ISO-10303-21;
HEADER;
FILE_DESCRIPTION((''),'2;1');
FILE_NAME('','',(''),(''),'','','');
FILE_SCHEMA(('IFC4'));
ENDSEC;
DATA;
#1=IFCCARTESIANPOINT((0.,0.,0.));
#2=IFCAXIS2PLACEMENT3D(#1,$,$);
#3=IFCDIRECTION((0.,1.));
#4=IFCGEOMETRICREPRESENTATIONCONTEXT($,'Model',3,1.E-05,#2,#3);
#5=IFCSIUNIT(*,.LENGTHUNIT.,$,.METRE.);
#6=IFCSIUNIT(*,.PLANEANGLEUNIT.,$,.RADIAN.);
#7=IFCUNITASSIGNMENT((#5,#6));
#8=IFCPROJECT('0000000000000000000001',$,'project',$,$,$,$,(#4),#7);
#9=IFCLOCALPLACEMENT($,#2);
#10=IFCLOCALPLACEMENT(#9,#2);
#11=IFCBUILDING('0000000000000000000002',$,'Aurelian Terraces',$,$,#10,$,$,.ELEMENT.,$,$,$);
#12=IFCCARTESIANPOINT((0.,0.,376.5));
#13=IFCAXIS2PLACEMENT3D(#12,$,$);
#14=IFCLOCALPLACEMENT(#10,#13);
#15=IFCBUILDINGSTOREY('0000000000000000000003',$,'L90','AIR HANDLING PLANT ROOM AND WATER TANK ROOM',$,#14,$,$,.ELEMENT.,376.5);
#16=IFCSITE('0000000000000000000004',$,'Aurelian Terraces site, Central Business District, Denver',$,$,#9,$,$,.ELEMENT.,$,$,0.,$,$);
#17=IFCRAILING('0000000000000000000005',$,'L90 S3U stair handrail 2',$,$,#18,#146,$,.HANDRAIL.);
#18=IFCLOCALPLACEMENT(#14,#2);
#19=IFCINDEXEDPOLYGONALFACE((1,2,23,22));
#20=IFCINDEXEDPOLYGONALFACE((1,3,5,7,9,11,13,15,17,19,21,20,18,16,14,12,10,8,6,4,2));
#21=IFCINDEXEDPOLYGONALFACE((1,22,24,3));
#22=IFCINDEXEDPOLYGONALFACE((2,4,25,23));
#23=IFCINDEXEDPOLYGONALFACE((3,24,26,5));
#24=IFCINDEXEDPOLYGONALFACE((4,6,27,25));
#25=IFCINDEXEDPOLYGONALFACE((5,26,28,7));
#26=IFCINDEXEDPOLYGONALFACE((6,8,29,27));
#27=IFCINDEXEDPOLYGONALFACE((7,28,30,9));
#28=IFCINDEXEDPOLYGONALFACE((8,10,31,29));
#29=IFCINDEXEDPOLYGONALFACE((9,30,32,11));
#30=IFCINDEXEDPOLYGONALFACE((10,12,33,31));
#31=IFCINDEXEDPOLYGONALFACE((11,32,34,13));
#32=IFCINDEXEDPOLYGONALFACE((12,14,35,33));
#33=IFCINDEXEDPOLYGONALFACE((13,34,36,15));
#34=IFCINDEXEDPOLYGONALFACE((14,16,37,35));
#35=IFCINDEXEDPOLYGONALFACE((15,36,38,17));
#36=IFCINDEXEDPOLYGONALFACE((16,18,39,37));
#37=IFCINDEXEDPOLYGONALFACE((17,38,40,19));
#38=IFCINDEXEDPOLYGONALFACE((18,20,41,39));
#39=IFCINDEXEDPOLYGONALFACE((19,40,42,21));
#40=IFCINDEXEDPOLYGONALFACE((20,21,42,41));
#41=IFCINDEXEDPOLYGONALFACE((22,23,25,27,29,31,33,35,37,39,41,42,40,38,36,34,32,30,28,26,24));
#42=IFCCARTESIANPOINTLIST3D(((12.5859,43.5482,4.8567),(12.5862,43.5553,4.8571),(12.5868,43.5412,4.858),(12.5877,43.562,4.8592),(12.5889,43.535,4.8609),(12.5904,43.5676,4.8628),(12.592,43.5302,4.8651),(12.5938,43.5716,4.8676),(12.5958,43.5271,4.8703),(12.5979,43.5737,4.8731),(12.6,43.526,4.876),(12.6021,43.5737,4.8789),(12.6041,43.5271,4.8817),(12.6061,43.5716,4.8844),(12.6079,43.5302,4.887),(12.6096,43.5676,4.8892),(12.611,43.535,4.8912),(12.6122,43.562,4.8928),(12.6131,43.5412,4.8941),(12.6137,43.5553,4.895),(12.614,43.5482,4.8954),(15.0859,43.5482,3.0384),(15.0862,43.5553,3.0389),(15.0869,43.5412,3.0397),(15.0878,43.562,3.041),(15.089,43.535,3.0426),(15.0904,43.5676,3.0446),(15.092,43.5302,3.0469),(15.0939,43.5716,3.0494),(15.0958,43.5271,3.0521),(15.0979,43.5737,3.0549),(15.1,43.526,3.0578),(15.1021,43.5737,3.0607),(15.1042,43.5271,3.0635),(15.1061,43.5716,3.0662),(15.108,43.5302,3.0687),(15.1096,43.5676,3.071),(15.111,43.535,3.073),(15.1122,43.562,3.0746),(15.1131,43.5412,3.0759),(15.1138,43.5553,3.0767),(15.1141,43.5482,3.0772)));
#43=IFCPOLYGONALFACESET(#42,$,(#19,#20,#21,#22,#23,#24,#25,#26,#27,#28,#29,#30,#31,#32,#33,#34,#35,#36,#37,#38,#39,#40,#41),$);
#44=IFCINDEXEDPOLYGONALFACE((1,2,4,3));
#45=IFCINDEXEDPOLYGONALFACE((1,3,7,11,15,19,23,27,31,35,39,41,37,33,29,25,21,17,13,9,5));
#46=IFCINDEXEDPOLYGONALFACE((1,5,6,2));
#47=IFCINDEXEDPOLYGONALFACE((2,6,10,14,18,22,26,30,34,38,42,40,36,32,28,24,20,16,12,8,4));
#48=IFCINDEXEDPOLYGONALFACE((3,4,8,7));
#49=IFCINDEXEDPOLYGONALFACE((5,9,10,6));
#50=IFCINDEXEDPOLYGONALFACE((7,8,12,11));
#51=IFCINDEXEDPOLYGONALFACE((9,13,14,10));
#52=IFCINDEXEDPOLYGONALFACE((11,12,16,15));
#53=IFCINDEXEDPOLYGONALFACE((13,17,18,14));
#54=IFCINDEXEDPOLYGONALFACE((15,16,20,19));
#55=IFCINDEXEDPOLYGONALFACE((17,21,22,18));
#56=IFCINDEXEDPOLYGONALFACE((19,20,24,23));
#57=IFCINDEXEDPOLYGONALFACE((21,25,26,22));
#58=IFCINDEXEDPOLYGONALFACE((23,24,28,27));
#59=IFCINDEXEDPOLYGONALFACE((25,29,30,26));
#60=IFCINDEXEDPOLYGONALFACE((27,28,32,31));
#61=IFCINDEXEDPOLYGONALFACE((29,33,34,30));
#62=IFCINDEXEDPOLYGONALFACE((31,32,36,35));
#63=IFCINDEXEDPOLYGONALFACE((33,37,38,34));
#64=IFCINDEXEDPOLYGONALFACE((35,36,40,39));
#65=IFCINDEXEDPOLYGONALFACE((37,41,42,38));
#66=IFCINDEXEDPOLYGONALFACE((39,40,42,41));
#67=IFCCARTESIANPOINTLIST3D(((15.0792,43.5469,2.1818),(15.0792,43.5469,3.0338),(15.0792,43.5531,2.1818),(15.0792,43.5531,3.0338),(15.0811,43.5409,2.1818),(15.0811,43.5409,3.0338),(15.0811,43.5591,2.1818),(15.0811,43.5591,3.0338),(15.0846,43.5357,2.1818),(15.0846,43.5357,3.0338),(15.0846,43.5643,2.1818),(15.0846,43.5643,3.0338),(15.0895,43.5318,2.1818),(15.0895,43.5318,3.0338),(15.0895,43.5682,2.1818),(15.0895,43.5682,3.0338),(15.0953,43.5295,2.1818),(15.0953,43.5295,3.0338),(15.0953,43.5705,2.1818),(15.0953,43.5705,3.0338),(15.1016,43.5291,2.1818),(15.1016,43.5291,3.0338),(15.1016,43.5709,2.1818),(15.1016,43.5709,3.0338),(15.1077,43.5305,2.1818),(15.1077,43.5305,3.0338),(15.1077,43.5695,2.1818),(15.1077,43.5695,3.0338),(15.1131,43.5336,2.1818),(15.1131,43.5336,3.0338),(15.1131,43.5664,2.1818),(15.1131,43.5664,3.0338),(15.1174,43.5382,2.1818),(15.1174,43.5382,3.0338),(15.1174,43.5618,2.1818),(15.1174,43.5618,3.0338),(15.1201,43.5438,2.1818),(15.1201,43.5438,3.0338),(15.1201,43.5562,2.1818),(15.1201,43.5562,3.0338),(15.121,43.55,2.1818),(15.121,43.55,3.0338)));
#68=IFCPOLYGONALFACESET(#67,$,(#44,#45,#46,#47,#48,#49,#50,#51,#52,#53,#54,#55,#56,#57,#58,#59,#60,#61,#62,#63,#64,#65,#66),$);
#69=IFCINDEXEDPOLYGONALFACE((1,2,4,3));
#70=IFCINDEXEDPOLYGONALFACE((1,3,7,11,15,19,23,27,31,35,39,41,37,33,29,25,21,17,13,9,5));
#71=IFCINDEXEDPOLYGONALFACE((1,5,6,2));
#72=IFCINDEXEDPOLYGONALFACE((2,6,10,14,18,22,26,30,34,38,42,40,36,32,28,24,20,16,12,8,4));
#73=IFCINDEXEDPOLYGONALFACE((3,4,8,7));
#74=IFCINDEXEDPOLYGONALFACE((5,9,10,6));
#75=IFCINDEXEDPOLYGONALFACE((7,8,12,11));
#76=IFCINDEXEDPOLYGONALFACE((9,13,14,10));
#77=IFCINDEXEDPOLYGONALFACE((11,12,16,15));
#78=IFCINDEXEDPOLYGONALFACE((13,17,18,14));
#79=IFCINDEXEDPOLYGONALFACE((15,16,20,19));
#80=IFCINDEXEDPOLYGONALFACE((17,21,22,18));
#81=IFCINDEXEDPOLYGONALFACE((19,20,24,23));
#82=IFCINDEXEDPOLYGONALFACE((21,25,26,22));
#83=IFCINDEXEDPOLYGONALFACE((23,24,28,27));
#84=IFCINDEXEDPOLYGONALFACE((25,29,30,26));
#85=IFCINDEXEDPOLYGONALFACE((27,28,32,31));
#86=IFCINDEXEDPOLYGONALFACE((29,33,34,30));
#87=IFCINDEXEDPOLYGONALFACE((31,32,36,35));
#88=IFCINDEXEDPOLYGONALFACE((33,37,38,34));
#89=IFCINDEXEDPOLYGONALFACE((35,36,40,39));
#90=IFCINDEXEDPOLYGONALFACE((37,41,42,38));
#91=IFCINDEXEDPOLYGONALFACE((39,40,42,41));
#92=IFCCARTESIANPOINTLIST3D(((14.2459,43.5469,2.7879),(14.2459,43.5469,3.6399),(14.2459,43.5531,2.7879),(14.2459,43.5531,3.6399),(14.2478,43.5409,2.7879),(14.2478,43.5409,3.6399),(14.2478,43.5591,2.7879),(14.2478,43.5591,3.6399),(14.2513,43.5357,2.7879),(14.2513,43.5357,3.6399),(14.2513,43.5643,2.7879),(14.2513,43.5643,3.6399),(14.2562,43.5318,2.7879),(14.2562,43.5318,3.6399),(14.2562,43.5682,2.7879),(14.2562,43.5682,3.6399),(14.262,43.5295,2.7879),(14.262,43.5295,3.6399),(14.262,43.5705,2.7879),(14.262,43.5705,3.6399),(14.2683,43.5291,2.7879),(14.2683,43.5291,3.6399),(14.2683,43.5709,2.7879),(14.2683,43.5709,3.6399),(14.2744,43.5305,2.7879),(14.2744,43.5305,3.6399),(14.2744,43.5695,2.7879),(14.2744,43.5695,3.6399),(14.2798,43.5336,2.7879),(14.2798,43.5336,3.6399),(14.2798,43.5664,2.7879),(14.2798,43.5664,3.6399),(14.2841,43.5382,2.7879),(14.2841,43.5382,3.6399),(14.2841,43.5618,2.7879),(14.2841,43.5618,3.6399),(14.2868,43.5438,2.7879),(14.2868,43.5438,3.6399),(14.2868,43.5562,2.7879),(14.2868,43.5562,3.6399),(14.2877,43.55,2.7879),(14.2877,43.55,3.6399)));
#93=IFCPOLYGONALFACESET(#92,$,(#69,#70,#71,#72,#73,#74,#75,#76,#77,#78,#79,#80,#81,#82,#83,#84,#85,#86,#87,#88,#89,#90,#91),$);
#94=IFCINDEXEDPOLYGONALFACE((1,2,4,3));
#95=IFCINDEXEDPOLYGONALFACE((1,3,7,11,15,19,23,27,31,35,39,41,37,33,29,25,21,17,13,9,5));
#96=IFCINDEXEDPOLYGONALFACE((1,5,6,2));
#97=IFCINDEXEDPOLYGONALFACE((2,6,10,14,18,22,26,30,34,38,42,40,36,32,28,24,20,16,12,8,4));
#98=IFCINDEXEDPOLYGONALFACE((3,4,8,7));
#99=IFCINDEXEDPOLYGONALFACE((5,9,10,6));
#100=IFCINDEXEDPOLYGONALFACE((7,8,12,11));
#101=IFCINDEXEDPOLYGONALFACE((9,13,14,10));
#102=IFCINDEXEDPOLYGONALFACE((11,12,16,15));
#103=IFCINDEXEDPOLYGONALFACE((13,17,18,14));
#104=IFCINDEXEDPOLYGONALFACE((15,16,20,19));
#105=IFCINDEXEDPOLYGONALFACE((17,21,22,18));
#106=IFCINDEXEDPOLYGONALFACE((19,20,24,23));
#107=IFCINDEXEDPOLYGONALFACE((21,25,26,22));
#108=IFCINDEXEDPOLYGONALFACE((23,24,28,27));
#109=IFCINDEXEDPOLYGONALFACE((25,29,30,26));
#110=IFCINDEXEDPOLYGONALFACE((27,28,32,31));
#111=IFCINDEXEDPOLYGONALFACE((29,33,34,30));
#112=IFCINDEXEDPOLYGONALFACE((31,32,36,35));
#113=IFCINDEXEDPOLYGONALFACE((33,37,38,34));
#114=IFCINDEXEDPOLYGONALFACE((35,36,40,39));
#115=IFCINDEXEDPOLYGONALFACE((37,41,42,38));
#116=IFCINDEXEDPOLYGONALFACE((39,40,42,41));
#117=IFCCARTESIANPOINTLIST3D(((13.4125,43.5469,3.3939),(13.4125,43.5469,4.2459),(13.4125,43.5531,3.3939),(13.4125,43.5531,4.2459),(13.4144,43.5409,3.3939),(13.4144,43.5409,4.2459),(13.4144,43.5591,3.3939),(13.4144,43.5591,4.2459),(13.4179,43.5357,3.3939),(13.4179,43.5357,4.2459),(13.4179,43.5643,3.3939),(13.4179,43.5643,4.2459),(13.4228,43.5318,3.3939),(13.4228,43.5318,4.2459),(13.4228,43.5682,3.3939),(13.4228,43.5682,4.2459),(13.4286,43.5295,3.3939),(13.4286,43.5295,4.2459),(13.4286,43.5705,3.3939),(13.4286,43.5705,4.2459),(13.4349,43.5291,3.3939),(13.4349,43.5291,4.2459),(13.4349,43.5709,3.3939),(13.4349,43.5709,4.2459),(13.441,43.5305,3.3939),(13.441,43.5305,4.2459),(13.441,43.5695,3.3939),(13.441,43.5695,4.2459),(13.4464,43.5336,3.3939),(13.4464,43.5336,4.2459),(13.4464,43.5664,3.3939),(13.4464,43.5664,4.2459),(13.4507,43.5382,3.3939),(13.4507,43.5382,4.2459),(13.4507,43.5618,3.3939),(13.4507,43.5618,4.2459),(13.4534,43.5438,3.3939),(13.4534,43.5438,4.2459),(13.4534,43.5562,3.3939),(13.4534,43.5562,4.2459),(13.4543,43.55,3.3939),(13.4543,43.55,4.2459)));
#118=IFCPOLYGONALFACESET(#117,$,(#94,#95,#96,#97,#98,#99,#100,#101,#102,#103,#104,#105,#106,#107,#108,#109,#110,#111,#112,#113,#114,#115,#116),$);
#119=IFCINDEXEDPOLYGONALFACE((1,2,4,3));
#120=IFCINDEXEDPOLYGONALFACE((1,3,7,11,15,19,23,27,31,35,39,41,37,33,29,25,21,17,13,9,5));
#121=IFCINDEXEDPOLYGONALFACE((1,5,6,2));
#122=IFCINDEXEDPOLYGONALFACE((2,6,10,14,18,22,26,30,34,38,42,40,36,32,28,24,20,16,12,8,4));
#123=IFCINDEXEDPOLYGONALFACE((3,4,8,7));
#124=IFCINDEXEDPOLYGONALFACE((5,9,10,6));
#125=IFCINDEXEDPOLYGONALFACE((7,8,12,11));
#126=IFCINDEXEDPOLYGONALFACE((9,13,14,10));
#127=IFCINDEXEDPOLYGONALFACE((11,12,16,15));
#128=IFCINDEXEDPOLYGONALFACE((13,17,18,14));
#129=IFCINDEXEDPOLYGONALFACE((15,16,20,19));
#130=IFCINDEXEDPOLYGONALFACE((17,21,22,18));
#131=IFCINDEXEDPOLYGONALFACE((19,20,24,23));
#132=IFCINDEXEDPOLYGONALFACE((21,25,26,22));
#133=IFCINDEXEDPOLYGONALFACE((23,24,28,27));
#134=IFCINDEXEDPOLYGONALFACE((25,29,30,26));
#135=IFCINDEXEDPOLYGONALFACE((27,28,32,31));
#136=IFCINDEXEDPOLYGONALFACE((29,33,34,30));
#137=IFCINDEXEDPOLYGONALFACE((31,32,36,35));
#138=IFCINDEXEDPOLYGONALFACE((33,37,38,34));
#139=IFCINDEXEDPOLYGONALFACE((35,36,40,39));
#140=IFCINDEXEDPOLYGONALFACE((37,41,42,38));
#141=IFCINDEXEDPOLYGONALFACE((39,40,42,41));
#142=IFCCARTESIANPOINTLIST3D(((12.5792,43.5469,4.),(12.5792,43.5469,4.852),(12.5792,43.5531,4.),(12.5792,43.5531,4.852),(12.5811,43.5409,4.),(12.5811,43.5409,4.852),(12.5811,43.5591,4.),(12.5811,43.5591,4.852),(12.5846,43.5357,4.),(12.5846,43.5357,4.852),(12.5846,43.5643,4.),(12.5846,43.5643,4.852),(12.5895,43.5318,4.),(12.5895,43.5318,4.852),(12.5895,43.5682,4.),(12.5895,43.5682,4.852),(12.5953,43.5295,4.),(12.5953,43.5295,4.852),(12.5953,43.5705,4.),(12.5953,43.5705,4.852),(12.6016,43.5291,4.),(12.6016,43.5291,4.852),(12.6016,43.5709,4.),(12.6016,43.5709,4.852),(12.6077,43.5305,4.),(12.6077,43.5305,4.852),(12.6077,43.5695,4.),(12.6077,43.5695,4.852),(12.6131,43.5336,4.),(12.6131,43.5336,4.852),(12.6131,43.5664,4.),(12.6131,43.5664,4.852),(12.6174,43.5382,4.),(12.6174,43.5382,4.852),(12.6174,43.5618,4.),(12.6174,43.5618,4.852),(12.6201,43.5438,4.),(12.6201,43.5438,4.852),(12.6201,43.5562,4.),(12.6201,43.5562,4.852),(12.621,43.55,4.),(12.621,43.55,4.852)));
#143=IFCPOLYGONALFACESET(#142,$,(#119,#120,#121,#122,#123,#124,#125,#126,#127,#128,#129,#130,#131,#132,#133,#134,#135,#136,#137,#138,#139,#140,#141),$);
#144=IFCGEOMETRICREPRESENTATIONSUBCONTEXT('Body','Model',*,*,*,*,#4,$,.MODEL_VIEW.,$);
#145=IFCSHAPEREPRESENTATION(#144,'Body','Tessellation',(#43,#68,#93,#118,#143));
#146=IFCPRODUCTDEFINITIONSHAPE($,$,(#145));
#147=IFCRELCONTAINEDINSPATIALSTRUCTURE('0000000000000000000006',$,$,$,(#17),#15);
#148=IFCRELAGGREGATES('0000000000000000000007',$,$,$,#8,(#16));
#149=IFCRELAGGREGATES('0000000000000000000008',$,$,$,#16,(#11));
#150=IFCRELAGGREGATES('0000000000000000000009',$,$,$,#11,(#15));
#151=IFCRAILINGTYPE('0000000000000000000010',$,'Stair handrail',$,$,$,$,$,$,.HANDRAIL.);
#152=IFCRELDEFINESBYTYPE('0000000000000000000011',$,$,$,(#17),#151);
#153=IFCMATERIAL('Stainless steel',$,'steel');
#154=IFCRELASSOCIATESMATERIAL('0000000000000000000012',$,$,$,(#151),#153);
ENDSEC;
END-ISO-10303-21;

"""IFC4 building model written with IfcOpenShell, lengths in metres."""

from ifc_helpers import new_model, si_unit, direction, frame, origin, origin_2d, place, context, subcontext, project, spatial, circle, extrude, source, transform, mapped, material, type_object, element, save


model = new_model("IFC4")

# Units and contexts
model_context = context("Model", 3, precision=1e-05, world=origin(), true_north=direction((0.0, 1.0)))
body_context = subcontext(model_context, "Body", "Model", "MODEL_VIEW")
ifc_project = project(units=[si_unit("LENGTHUNIT", "METRE"), si_unit("PLANEANGLEUNIT", "RADIAN")], contexts=[model_context])

# Site, building, storey
site_placement = place(None, origin())
site = spatial("IfcSite", under=ifc_project, at=site_placement, Name="Aurelian Terraces site, Central Business District, Denver", CompositionType="ELEMENT", RefElevation=0.0)
building_placement = place(site_placement, origin())
building = spatial("IfcBuilding", under=site, at=building_placement, Name="Aurelian Terraces", CompositionType="ELEMENT")
storey_placement = place(building_placement, frame((0.0, 0.0, 376.5)))
storey = spatial("IfcBuildingStorey", under=building, at=storey_placement, Name="L90", Description="AIR HANDLING PLANT ROOM AND WATER TANK ROOM", CompositionType="ELEMENT", Elevation=376.5)

# Railing
ifc_material_1 = material(Name="Stainless steel", Category="steel")
railing_type_1 = type_object("IfcRailingType", Name="Stair handrail", PredefinedType="HANDRAIL", material=ifc_material_1)
shared_shape_1 = source(origin(), body_context, "Body", "SweptSolid", [
    extrude(circle(Radius=0.024, at=origin_2d()), frame((0.0, 0.0, 0.876), z_axis=(-0.808733, 0.0, 0.588176), x_axis=(0.0, -1.0, 0.0)), (0.0, 0.0, 1.0), 3.0913),
    extrude(circle(Radius=0.021, at=origin_2d()), origin(), (0.0, 0.0, 1.0), 0.852),
    extrude(circle(Radius=0.021, at=origin_2d()), frame((-0.8333, 0.0, 0.6061)), (0.0, 0.0, 1.0), 0.852),
    extrude(circle(Radius=0.021, at=origin_2d()), frame((-1.6667, 0.0, 1.2121)), (0.0, 0.0, 1.0), 0.852),
    extrude(circle(Radius=0.021, at=origin_2d()), frame((-2.5, 0.0, 1.8182)), (0.0, 0.0, 1.0), 0.852),
])
railing_1_placement = place(storey_placement, frame((15.1, 43.55, 2.1818)))
element("IfcRailing", 1, at=railing_1_placement, inside=storey, type_object=railing_type_1, Name="L90 S3U stair handrail 2", PredefinedType="HANDRAIL", context=body_context, shape_type="MappedRepresentation", body=[
    mapped(shared_shape_1, transform((0.0, 0.0, 0.0), scale=1.0)),
])

save(model, "model.ifc")
